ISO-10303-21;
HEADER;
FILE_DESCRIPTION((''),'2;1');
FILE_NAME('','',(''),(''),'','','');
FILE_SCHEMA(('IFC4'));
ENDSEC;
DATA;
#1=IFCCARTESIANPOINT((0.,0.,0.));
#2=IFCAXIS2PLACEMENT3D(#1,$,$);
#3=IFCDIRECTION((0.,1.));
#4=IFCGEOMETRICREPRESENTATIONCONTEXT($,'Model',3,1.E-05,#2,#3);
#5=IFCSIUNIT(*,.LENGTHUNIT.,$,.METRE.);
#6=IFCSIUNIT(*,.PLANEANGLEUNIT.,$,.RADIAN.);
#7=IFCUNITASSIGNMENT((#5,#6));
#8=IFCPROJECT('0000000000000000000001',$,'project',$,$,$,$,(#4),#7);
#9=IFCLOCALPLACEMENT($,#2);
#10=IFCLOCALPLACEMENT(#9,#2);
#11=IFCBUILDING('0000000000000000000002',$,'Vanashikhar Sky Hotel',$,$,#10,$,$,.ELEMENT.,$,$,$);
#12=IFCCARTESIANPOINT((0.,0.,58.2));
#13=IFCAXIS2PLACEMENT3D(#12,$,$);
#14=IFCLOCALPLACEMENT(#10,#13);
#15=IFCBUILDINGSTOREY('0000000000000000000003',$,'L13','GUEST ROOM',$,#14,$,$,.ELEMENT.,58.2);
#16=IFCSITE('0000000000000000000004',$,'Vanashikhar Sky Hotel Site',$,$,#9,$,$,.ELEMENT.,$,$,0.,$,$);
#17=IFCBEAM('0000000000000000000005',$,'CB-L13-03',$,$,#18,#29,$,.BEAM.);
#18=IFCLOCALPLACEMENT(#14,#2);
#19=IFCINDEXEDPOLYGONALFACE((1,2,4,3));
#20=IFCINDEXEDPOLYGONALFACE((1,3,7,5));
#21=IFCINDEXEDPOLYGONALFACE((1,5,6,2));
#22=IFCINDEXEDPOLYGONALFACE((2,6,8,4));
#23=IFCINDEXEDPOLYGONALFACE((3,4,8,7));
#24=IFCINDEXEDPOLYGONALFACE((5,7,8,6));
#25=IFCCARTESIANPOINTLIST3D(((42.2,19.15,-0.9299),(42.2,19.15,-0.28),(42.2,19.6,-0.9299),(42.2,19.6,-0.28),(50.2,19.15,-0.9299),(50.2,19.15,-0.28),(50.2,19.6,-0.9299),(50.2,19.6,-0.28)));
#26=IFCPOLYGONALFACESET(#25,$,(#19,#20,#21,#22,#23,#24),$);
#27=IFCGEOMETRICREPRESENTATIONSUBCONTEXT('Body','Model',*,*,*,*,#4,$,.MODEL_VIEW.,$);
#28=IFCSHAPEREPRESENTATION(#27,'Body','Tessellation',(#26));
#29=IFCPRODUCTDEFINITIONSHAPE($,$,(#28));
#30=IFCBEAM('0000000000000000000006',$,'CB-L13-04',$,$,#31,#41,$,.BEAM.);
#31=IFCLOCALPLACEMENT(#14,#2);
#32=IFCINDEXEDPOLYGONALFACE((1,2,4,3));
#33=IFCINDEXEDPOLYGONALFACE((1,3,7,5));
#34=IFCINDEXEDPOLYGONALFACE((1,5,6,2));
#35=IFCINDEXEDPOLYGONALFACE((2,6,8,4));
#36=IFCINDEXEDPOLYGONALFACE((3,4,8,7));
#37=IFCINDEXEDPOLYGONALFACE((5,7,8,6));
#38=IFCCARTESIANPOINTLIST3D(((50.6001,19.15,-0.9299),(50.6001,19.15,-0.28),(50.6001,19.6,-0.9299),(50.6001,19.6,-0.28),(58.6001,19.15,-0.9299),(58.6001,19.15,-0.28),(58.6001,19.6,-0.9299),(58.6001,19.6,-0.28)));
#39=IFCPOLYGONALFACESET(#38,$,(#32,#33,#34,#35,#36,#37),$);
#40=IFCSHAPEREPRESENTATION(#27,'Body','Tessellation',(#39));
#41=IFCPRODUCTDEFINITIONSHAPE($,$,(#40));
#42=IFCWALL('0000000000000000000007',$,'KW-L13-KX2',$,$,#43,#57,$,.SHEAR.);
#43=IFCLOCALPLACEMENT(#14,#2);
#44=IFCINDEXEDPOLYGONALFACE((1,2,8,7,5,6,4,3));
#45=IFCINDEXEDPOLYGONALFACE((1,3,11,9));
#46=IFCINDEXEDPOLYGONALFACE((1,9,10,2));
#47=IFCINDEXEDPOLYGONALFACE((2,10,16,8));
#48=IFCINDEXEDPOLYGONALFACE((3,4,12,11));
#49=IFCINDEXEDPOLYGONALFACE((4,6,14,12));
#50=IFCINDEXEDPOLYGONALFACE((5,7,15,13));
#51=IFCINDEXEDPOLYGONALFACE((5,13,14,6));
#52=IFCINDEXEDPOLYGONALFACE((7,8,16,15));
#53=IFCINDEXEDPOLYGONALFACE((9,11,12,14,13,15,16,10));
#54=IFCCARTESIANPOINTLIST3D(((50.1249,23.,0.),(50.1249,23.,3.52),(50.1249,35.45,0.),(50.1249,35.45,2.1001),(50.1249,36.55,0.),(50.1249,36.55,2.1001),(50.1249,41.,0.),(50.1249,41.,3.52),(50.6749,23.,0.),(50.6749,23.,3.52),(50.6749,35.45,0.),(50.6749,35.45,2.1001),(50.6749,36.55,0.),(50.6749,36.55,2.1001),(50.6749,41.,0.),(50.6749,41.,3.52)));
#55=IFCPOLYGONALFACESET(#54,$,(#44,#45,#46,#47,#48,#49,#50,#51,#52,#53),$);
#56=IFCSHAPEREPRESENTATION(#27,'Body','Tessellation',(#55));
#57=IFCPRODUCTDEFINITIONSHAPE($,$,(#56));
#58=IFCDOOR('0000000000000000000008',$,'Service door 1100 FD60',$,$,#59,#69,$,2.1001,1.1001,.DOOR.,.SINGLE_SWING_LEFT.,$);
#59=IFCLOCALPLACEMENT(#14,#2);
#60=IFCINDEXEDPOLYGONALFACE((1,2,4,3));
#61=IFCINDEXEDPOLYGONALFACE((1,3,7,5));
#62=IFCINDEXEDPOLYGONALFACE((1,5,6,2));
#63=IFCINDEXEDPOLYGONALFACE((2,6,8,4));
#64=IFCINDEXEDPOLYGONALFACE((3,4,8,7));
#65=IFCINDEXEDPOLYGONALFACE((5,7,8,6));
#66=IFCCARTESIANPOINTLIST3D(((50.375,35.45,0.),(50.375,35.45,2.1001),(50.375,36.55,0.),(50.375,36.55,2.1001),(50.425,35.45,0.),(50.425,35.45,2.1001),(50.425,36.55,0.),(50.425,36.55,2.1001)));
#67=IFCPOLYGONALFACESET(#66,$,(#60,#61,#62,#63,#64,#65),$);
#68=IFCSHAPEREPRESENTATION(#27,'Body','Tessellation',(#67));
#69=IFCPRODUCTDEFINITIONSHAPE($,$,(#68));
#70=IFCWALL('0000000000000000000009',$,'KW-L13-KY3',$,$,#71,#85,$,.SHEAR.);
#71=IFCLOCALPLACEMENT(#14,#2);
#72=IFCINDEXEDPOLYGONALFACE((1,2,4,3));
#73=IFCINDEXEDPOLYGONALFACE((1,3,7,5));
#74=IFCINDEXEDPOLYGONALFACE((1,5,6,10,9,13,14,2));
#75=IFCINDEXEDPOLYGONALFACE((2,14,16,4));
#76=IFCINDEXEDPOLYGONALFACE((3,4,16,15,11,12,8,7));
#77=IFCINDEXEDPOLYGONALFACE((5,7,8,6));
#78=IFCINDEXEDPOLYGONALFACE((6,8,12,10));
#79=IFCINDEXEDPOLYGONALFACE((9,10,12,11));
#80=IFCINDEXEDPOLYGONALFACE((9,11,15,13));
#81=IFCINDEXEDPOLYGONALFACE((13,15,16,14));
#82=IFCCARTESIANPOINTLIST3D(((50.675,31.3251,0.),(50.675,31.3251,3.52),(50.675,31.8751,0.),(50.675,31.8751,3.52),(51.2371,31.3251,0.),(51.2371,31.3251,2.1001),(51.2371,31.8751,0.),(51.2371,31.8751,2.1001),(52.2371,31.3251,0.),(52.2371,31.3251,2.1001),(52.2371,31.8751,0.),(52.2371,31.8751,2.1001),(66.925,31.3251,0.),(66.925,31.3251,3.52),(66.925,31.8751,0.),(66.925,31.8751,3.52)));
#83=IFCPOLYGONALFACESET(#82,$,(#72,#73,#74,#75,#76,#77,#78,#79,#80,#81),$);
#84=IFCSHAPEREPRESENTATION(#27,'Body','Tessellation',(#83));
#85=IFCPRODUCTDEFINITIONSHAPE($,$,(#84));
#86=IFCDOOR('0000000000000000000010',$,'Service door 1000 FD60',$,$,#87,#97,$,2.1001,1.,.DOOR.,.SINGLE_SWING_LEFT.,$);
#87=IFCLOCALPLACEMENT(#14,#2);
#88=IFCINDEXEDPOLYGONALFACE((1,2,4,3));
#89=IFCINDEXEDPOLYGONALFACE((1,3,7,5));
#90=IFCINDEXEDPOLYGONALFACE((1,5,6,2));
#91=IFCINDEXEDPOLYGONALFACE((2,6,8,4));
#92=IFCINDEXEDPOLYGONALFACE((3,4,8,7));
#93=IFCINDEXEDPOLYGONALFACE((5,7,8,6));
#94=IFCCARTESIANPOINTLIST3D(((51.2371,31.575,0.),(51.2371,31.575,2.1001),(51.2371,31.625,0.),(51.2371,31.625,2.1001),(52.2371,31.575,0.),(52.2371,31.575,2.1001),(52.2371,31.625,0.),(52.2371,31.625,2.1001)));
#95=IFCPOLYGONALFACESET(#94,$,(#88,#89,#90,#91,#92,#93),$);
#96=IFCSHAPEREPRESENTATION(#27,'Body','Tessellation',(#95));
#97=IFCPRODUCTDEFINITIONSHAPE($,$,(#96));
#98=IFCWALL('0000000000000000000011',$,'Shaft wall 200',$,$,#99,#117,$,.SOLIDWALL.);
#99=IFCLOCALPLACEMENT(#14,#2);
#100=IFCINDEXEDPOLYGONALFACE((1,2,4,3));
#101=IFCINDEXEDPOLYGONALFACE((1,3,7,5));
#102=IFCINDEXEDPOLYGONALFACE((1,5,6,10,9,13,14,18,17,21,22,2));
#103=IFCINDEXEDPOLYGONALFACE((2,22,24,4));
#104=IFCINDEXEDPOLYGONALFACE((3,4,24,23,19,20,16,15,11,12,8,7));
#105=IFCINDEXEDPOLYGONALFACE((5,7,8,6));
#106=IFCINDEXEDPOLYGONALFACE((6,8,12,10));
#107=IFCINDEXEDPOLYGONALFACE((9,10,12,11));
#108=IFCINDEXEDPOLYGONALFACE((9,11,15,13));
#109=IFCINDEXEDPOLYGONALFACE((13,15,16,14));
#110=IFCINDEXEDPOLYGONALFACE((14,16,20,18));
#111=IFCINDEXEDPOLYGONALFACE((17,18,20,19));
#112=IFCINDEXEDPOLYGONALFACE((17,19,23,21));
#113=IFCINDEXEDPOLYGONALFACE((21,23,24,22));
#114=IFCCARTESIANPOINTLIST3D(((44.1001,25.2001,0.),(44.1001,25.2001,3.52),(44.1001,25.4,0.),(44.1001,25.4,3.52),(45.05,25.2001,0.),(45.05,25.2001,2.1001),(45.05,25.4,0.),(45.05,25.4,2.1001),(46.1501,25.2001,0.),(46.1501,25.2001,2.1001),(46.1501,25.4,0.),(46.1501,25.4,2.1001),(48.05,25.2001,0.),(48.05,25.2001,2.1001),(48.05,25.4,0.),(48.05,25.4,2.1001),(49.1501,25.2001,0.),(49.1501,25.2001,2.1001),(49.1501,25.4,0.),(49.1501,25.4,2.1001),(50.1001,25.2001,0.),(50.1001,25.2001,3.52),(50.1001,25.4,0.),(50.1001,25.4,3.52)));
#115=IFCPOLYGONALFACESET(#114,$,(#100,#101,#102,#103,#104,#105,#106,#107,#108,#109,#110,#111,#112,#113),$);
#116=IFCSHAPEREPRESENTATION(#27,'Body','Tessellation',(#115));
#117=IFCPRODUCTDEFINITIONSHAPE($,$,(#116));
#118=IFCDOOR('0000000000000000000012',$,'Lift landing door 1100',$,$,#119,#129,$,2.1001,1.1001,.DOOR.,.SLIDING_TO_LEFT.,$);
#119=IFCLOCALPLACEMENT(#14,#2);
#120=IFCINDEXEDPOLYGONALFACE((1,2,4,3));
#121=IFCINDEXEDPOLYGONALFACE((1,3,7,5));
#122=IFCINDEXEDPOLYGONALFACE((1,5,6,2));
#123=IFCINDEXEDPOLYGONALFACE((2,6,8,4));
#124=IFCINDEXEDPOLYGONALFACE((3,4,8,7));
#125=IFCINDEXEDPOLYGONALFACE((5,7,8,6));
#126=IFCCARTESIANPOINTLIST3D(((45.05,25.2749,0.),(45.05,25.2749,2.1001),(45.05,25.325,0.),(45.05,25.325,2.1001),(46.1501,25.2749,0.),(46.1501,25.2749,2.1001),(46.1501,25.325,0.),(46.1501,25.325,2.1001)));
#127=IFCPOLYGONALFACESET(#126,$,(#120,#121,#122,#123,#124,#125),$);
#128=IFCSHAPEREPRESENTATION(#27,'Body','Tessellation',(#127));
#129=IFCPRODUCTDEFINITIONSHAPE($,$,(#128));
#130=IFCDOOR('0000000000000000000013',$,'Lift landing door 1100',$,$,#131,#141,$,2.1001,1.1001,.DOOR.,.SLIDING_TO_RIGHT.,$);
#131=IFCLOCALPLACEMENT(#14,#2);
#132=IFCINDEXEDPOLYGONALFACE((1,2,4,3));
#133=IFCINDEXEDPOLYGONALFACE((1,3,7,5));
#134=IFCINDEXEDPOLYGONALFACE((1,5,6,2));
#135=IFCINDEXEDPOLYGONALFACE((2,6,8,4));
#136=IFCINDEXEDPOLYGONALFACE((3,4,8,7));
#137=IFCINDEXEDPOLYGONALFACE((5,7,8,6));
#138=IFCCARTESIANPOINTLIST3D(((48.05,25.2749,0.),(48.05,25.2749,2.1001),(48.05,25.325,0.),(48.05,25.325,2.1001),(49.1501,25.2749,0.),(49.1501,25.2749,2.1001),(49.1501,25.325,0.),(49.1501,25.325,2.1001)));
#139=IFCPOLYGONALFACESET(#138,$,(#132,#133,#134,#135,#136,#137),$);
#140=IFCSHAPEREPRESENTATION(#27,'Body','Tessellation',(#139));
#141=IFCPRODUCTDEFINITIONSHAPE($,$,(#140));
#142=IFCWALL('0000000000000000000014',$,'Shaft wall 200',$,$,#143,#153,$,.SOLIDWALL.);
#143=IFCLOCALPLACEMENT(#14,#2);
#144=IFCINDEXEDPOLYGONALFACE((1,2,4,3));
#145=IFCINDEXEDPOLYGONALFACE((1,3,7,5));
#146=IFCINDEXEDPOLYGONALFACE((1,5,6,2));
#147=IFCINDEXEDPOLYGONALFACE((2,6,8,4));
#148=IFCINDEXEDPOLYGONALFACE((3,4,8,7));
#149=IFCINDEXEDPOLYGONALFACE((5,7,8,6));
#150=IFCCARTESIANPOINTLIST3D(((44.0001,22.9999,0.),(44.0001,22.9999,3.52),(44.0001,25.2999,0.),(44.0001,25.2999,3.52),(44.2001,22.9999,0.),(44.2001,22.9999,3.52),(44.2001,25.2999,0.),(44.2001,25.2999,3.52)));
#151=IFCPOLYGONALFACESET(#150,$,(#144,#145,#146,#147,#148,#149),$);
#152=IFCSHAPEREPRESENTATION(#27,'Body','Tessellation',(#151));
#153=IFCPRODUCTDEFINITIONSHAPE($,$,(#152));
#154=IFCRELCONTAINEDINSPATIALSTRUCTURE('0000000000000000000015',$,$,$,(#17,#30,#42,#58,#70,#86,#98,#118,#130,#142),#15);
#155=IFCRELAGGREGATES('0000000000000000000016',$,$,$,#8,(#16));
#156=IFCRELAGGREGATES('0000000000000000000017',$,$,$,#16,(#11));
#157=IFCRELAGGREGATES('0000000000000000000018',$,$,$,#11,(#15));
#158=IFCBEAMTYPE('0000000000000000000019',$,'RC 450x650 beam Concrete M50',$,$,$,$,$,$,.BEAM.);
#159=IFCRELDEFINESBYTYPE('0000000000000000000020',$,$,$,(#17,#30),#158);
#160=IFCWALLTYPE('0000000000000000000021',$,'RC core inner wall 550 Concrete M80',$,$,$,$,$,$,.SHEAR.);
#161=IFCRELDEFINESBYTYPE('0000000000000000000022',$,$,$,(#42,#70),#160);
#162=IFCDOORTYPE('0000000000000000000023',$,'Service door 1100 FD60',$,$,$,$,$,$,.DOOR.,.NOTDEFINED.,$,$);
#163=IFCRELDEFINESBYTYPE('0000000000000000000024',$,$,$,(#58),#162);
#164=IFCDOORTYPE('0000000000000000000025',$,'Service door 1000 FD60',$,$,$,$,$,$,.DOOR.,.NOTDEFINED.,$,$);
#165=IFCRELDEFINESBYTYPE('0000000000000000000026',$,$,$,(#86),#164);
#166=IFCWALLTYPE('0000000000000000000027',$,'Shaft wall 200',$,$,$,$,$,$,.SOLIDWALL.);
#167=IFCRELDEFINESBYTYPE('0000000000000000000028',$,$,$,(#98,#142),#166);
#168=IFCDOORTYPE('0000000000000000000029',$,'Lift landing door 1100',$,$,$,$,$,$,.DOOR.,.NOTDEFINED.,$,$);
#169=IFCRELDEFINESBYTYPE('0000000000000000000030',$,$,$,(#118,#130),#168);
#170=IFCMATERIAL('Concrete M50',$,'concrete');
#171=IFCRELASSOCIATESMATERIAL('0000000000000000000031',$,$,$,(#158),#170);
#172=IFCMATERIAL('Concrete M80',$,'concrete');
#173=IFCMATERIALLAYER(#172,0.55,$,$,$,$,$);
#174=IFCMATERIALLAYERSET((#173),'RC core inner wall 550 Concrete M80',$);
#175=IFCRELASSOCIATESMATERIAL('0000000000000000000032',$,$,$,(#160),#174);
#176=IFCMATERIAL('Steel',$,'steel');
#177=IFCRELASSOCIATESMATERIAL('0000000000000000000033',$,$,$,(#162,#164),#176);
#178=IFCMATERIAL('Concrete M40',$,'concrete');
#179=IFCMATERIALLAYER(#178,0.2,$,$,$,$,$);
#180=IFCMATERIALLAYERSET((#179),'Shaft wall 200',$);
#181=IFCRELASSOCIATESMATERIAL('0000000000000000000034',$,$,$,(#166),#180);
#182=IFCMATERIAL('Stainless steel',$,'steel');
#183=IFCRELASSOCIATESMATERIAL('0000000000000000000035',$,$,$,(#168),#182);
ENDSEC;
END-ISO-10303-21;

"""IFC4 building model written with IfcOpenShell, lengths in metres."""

from ifc_helpers import new_model, si_unit, direction, frame, frame_2d, origin, origin_2d, place, context, subcontext, project, spatial, rectangle, extrude, source, transform, mapped, material, layer, layer_set, material_profile, profile_set, type_object, element, fill, save


model = new_model("IFC4")

# Units and contexts
model_context = context("Model", 3, precision=1e-05, world=origin(), true_north=direction((0.0, 1.0)))
body_context = subcontext(model_context, "Body", "Model", "MODEL_VIEW")
ifc_project = project(units=[si_unit("LENGTHUNIT", "METRE"), si_unit("PLANEANGLEUNIT", "RADIAN")], contexts=[model_context])

# Site, building, storey
site_placement = place(None, origin())
site = spatial("IfcSite", under=ifc_project, at=site_placement, Name="Vanashikhar Sky Hotel Site", CompositionType="ELEMENT", RefElevation=0.0)
building_placement = place(site_placement, origin())
building = spatial("IfcBuilding", under=site, at=building_placement, Name="Vanashikhar Sky Hotel", CompositionType="ELEMENT")
storey_placement = place(building_placement, frame((0.0, 0.0, 58.2)))
storey = spatial("IfcBuildingStorey", under=building, at=storey_placement, Name="L13", Description="GUEST ROOM", CompositionType="ELEMENT", Elevation=58.2)

# Beams
ifc_material_1 = material(Name="Concrete M50", Category="concrete")
ifc_material_profile = material_profile(ifc_material_1, rectangle(XDim=0.45, YDim=0.6499, at=origin_2d()))
ifc_profile_set = profile_set([ifc_material_profile], Name="RC 450x650 beam Concrete M50")
beam_type = type_object("IfcBeamType", Name="RC 450x650 beam Concrete M50", PredefinedType="BEAM", material=ifc_profile_set)
shared_shape_1 = source(origin(), body_context, "Body", "SweptSolid", [
    extrude(rectangle(XDim=0.45, YDim=0.6499, at=origin_2d()), origin(), (0.0, 0.0, 1.0), 8.0),
])
for number, where, z_axis, x_axis, name in (
    (1, (42.2, 19.375, -0.605), (1.0, 0.0, 0.0), (0.0, 1.0, 0.0), "CB-L13-03"),
    (2, (50.6001, 19.375, -0.605), (1.0, 0.0, 0.0), (0.0, 1.0, 0.0), "CB-L13-04"),
):
    element("IfcBeam", number, at=place(storey_placement, frame(where, z_axis=z_axis, x_axis=x_axis)), inside=storey, type_object=beam_type, Name=name, PredefinedType="BEAM", context=body_context, shape_type="MappedRepresentation", body=[
        mapped(shared_shape_1, transform((0.0, 0.0, 0.0), scale=1.0)),
    ])

# Walls, openings, doors
ifc_material_2 = material(Name="Concrete M80", Category="concrete")
ifc_layer_1 = layer(ifc_material_2, 0.55)
ifc_layer_set_1 = layer_set([ifc_layer_1], Name="RC core inner wall 550 Concrete M80")
wall_type_1 = type_object("IfcWallType", Name="RC core inner wall 550 Concrete M80", PredefinedType="SHEAR", material=ifc_layer_set_1)
shared_shape_2 = source(origin(), body_context, "Body", "SweptSolid", [
    extrude(rectangle(XDim=18.0, YDim=0.55, at=frame_2d((9.0, 0.0))), origin(), (0.0, 0.0, 1.0), 3.52),
])
wall_1_placement = place(storey_placement, frame((50.3999, 23.0, 0.0), z_axis=(0.0, 0.0, 1.0), x_axis=(0.0, 1.0, 0.0)))
wall_1 = element("IfcWall", 3, at=wall_1_placement, inside=storey, type_object=wall_type_1, Name="KW-L13-KX2", PredefinedType="SHEAR", context=body_context, shape_type="MappedRepresentation", body=[
    mapped(shared_shape_2, transform((0.0, 0.0, 0.0), scale=1.0)),
])
shared_shape_3 = source(origin(), body_context, "Body", "SweptSolid", [
    extrude(rectangle(XDim=1.1001, YDim=2.1001, at=frame_2d((0.55, 1.05))), frame((0.0, 0.2852, 0.0), z_axis=(0.0, -1.0, 0.0), x_axis=(1.0, 0.0, 0.0)), (0.0, 0.0, 1.0), 0.5701),
])
opening_1_placement = place(wall_1_placement, frame((12.45, 0.0, 0.0)))
opening_1 = element("IfcOpeningElement", 4, at=opening_1_placement, cuts=wall_1, PredefinedType="OPENING", context=body_context, shape_type="MappedRepresentation", body=[
    mapped(shared_shape_3, transform((0.0, 0.0, 0.0), scale=1.0)),
])
ifc_material_3 = material(Name="Steel", Category="steel")
door_type_1 = type_object("IfcDoorType", Name="Service door 1100 FD60", OperationType="NOTDEFINED", PredefinedType="DOOR", material=ifc_material_3)
shared_shape_4 = source(origin(), body_context, "Body", "SweptSolid", [
    extrude(rectangle(XDim=1.1001, YDim=2.1001, at=frame_2d((0.55, 1.05))), frame((0.0, 0.0249, 0.0), z_axis=(0.0, -1.0, 0.0), x_axis=(1.0, 0.0, 0.0)), (0.0, 0.0, 1.0), 0.05),
])
door_1_placement = place(opening_1_placement, origin())
door_1 = element("IfcDoor", 5, at=door_1_placement, inside=storey, type_object=door_type_1, Name="Service door 1100 FD60", OperationType="SINGLE_SWING_LEFT", OverallHeight=2.1001, OverallWidth=1.1001, PredefinedType="DOOR", context=body_context, shape_type="MappedRepresentation", body=[
    mapped(shared_shape_4, transform((0.0, 0.0, 0.0), scale=1.0)),
])
fill(opening_1, door_1)
shared_shape_5 = source(origin(), body_context, "Body", "SweptSolid", [
    extrude(rectangle(XDim=16.25, YDim=0.55, at=frame_2d((8.125, 0.0))), origin(), (0.0, 0.0, 1.0), 3.52),
])
wall_2_placement = place(storey_placement, frame((50.675, 31.6001, 0.0), z_axis=(0.0, 0.0, 1.0), x_axis=(1.0, 0.0, 0.0)))
wall_2 = element("IfcWall", 6, at=wall_2_placement, inside=storey, type_object=wall_type_1, Name="KW-L13-KY3", PredefinedType="SHEAR", context=body_context, shape_type="MappedRepresentation", body=[
    mapped(shared_shape_5, transform((0.0, 0.0, 0.0), scale=1.0)),
])
shared_shape_6 = source(origin(), body_context, "Body", "SweptSolid", [
    extrude(rectangle(XDim=1.0, YDim=2.1001, at=frame_2d((0.5, 1.05))), frame((0.0, 0.2852, 0.0), z_axis=(0.0, -1.0, 0.0), x_axis=(1.0, 0.0, 0.0)), (0.0, 0.0, 1.0), 0.5701),
])
opening_2_placement = place(wall_2_placement, frame((0.562, 0.0, 0.0)))
opening_2 = element("IfcOpeningElement", 7, at=opening_2_placement, cuts=wall_2, PredefinedType="OPENING", context=body_context, shape_type="MappedRepresentation", body=[
    mapped(shared_shape_6, transform((0.0, 0.0, 0.0), scale=1.0)),
])
door_type_2 = type_object("IfcDoorType", Name="Service door 1000 FD60", OperationType="NOTDEFINED", PredefinedType="DOOR", material=ifc_material_3)
shared_shape_7 = source(origin(), body_context, "Body", "SweptSolid", [
    extrude(rectangle(XDim=1.0, YDim=2.1001, at=frame_2d((0.5, 1.05))), frame((0.0, 0.0249, 0.0), z_axis=(0.0, -1.0, 0.0), x_axis=(1.0, 0.0, 0.0)), (0.0, 0.0, 1.0), 0.05),
])
door_2_placement = place(opening_2_placement, origin())
door_2 = element("IfcDoor", 8, at=door_2_placement, inside=storey, type_object=door_type_2, Name="Service door 1000 FD60", OperationType="SINGLE_SWING_LEFT", OverallHeight=2.1001, OverallWidth=1.0, PredefinedType="DOOR", context=body_context, shape_type="MappedRepresentation", body=[
    mapped(shared_shape_7, transform((0.0, 0.0, 0.0), scale=1.0)),
])
fill(opening_2, door_2)

# Wall, openings, doors
ifc_material_4 = material(Name="Concrete M40", Category="concrete")
ifc_layer_2 = layer(ifc_material_4, 0.2)
ifc_layer_set_2 = layer_set([ifc_layer_2], Name="Shaft wall 200")
wall_type_2 = type_object("IfcWallType", Name="Shaft wall 200", PredefinedType="SOLIDWALL", material=ifc_layer_set_2)
shared_shape_8 = source(origin(), body_context, "Body", "SweptSolid", [
    extrude(rectangle(XDim=6.0, YDim=0.2, at=frame_2d((3.0, 0.0))), origin(), (0.0, 0.0, 1.0), 3.52),
])
wall_3_placement = place(storey_placement, frame((44.1001, 25.3, 0.0), z_axis=(0.0, 0.0, 1.0), x_axis=(1.0, 0.0, 0.0)))
wall_3 = element("IfcWall", 9, at=wall_3_placement, inside=storey, type_object=wall_type_2, Name="Shaft wall 200", PredefinedType="SOLIDWALL", context=body_context, shape_type="MappedRepresentation", body=[
    mapped(shared_shape_8, transform((0.0, 0.0, 0.0), scale=1.0)),
])
shared_shape_9 = source(origin(), body_context, "Body", "SweptSolid", [
    extrude(rectangle(XDim=1.1001, YDim=2.1001, at=frame_2d((0.55, 1.05))), frame((0.0, 0.1099, 0.0), z_axis=(0.0, -1.0, 0.0), x_axis=(1.0, 0.0, 0.0)), (0.0, 0.0, 1.0), 0.22),
])
opening_3_placement = place(wall_3_placement, frame((0.95, 0.0, 0.0)))
opening_3 = element("IfcOpeningElement", 10, at=opening_3_placement, cuts=wall_3, PredefinedType="OPENING", context=body_context, shape_type="MappedRepresentation", body=[
    mapped(shared_shape_9, transform((0.0, 0.0, 0.0), scale=1.0)),
])
opening_4_placement = place(wall_3_placement, frame((3.95, 0.0, 0.0)))
opening_4 = element("IfcOpeningElement", 11, at=opening_4_placement, cuts=wall_3, PredefinedType="OPENING", context=body_context, shape_type="MappedRepresentation", body=[
    mapped(shared_shape_9, transform((0.0, 0.0, 0.0), scale=1.0)),
])
ifc_material_5 = material(Name="Stainless steel", Category="steel")
door_type_3 = type_object("IfcDoorType", Name="Lift landing door 1100", OperationType="NOTDEFINED", PredefinedType="DOOR", material=ifc_material_5)
door_3_placement = place(opening_3_placement, origin())
door_3 = element("IfcDoor", 12, at=door_3_placement, inside=storey, type_object=door_type_3, Name="Lift landing door 1100", OperationType="SLIDING_TO_LEFT", OverallHeight=2.1001, OverallWidth=1.1001, PredefinedType="DOOR", context=body_context, shape_type="MappedRepresentation", body=[
    mapped(shared_shape_4, transform((0.0, 0.0, 0.0), scale=1.0)),
])
fill(opening_3, door_3)
door_4_placement = place(opening_4_placement, origin())
door_4 = element("IfcDoor", 13, at=door_4_placement, inside=storey, type_object=door_type_3, Name="Lift landing door 1100", OperationType="SLIDING_TO_RIGHT", OverallHeight=2.1001, OverallWidth=1.1001, PredefinedType="DOOR", context=body_context, shape_type="MappedRepresentation", body=[
    mapped(shared_shape_4, transform((0.0, 0.0, 0.0), scale=1.0)),
])
fill(opening_4, door_4)

# Wall
shared_shape_10 = source(origin(), body_context, "Body", "SweptSolid", [
    extrude(rectangle(XDim=2.3, YDim=0.2, at=frame_2d((1.1499, 0.0))), origin(), (0.0, 0.0, 1.0), 3.52),
])
wall_4_placement = place(storey_placement, frame((44.1001, 23.0, 0.0), z_axis=(0.0, 0.0, 1.0), x_axis=(0.0, 1.0, 0.0)))
element("IfcWall", 14, at=wall_4_placement, inside=storey, type_object=wall_type_2, Name="Shaft wall 200", PredefinedType="SOLIDWALL", context=body_context, shape_type="MappedRepresentation", body=[
    mapped(shared_shape_10, transform((0.0, 0.0, 0.0), scale=1.0)),
])

save(model, "model.ifc")
